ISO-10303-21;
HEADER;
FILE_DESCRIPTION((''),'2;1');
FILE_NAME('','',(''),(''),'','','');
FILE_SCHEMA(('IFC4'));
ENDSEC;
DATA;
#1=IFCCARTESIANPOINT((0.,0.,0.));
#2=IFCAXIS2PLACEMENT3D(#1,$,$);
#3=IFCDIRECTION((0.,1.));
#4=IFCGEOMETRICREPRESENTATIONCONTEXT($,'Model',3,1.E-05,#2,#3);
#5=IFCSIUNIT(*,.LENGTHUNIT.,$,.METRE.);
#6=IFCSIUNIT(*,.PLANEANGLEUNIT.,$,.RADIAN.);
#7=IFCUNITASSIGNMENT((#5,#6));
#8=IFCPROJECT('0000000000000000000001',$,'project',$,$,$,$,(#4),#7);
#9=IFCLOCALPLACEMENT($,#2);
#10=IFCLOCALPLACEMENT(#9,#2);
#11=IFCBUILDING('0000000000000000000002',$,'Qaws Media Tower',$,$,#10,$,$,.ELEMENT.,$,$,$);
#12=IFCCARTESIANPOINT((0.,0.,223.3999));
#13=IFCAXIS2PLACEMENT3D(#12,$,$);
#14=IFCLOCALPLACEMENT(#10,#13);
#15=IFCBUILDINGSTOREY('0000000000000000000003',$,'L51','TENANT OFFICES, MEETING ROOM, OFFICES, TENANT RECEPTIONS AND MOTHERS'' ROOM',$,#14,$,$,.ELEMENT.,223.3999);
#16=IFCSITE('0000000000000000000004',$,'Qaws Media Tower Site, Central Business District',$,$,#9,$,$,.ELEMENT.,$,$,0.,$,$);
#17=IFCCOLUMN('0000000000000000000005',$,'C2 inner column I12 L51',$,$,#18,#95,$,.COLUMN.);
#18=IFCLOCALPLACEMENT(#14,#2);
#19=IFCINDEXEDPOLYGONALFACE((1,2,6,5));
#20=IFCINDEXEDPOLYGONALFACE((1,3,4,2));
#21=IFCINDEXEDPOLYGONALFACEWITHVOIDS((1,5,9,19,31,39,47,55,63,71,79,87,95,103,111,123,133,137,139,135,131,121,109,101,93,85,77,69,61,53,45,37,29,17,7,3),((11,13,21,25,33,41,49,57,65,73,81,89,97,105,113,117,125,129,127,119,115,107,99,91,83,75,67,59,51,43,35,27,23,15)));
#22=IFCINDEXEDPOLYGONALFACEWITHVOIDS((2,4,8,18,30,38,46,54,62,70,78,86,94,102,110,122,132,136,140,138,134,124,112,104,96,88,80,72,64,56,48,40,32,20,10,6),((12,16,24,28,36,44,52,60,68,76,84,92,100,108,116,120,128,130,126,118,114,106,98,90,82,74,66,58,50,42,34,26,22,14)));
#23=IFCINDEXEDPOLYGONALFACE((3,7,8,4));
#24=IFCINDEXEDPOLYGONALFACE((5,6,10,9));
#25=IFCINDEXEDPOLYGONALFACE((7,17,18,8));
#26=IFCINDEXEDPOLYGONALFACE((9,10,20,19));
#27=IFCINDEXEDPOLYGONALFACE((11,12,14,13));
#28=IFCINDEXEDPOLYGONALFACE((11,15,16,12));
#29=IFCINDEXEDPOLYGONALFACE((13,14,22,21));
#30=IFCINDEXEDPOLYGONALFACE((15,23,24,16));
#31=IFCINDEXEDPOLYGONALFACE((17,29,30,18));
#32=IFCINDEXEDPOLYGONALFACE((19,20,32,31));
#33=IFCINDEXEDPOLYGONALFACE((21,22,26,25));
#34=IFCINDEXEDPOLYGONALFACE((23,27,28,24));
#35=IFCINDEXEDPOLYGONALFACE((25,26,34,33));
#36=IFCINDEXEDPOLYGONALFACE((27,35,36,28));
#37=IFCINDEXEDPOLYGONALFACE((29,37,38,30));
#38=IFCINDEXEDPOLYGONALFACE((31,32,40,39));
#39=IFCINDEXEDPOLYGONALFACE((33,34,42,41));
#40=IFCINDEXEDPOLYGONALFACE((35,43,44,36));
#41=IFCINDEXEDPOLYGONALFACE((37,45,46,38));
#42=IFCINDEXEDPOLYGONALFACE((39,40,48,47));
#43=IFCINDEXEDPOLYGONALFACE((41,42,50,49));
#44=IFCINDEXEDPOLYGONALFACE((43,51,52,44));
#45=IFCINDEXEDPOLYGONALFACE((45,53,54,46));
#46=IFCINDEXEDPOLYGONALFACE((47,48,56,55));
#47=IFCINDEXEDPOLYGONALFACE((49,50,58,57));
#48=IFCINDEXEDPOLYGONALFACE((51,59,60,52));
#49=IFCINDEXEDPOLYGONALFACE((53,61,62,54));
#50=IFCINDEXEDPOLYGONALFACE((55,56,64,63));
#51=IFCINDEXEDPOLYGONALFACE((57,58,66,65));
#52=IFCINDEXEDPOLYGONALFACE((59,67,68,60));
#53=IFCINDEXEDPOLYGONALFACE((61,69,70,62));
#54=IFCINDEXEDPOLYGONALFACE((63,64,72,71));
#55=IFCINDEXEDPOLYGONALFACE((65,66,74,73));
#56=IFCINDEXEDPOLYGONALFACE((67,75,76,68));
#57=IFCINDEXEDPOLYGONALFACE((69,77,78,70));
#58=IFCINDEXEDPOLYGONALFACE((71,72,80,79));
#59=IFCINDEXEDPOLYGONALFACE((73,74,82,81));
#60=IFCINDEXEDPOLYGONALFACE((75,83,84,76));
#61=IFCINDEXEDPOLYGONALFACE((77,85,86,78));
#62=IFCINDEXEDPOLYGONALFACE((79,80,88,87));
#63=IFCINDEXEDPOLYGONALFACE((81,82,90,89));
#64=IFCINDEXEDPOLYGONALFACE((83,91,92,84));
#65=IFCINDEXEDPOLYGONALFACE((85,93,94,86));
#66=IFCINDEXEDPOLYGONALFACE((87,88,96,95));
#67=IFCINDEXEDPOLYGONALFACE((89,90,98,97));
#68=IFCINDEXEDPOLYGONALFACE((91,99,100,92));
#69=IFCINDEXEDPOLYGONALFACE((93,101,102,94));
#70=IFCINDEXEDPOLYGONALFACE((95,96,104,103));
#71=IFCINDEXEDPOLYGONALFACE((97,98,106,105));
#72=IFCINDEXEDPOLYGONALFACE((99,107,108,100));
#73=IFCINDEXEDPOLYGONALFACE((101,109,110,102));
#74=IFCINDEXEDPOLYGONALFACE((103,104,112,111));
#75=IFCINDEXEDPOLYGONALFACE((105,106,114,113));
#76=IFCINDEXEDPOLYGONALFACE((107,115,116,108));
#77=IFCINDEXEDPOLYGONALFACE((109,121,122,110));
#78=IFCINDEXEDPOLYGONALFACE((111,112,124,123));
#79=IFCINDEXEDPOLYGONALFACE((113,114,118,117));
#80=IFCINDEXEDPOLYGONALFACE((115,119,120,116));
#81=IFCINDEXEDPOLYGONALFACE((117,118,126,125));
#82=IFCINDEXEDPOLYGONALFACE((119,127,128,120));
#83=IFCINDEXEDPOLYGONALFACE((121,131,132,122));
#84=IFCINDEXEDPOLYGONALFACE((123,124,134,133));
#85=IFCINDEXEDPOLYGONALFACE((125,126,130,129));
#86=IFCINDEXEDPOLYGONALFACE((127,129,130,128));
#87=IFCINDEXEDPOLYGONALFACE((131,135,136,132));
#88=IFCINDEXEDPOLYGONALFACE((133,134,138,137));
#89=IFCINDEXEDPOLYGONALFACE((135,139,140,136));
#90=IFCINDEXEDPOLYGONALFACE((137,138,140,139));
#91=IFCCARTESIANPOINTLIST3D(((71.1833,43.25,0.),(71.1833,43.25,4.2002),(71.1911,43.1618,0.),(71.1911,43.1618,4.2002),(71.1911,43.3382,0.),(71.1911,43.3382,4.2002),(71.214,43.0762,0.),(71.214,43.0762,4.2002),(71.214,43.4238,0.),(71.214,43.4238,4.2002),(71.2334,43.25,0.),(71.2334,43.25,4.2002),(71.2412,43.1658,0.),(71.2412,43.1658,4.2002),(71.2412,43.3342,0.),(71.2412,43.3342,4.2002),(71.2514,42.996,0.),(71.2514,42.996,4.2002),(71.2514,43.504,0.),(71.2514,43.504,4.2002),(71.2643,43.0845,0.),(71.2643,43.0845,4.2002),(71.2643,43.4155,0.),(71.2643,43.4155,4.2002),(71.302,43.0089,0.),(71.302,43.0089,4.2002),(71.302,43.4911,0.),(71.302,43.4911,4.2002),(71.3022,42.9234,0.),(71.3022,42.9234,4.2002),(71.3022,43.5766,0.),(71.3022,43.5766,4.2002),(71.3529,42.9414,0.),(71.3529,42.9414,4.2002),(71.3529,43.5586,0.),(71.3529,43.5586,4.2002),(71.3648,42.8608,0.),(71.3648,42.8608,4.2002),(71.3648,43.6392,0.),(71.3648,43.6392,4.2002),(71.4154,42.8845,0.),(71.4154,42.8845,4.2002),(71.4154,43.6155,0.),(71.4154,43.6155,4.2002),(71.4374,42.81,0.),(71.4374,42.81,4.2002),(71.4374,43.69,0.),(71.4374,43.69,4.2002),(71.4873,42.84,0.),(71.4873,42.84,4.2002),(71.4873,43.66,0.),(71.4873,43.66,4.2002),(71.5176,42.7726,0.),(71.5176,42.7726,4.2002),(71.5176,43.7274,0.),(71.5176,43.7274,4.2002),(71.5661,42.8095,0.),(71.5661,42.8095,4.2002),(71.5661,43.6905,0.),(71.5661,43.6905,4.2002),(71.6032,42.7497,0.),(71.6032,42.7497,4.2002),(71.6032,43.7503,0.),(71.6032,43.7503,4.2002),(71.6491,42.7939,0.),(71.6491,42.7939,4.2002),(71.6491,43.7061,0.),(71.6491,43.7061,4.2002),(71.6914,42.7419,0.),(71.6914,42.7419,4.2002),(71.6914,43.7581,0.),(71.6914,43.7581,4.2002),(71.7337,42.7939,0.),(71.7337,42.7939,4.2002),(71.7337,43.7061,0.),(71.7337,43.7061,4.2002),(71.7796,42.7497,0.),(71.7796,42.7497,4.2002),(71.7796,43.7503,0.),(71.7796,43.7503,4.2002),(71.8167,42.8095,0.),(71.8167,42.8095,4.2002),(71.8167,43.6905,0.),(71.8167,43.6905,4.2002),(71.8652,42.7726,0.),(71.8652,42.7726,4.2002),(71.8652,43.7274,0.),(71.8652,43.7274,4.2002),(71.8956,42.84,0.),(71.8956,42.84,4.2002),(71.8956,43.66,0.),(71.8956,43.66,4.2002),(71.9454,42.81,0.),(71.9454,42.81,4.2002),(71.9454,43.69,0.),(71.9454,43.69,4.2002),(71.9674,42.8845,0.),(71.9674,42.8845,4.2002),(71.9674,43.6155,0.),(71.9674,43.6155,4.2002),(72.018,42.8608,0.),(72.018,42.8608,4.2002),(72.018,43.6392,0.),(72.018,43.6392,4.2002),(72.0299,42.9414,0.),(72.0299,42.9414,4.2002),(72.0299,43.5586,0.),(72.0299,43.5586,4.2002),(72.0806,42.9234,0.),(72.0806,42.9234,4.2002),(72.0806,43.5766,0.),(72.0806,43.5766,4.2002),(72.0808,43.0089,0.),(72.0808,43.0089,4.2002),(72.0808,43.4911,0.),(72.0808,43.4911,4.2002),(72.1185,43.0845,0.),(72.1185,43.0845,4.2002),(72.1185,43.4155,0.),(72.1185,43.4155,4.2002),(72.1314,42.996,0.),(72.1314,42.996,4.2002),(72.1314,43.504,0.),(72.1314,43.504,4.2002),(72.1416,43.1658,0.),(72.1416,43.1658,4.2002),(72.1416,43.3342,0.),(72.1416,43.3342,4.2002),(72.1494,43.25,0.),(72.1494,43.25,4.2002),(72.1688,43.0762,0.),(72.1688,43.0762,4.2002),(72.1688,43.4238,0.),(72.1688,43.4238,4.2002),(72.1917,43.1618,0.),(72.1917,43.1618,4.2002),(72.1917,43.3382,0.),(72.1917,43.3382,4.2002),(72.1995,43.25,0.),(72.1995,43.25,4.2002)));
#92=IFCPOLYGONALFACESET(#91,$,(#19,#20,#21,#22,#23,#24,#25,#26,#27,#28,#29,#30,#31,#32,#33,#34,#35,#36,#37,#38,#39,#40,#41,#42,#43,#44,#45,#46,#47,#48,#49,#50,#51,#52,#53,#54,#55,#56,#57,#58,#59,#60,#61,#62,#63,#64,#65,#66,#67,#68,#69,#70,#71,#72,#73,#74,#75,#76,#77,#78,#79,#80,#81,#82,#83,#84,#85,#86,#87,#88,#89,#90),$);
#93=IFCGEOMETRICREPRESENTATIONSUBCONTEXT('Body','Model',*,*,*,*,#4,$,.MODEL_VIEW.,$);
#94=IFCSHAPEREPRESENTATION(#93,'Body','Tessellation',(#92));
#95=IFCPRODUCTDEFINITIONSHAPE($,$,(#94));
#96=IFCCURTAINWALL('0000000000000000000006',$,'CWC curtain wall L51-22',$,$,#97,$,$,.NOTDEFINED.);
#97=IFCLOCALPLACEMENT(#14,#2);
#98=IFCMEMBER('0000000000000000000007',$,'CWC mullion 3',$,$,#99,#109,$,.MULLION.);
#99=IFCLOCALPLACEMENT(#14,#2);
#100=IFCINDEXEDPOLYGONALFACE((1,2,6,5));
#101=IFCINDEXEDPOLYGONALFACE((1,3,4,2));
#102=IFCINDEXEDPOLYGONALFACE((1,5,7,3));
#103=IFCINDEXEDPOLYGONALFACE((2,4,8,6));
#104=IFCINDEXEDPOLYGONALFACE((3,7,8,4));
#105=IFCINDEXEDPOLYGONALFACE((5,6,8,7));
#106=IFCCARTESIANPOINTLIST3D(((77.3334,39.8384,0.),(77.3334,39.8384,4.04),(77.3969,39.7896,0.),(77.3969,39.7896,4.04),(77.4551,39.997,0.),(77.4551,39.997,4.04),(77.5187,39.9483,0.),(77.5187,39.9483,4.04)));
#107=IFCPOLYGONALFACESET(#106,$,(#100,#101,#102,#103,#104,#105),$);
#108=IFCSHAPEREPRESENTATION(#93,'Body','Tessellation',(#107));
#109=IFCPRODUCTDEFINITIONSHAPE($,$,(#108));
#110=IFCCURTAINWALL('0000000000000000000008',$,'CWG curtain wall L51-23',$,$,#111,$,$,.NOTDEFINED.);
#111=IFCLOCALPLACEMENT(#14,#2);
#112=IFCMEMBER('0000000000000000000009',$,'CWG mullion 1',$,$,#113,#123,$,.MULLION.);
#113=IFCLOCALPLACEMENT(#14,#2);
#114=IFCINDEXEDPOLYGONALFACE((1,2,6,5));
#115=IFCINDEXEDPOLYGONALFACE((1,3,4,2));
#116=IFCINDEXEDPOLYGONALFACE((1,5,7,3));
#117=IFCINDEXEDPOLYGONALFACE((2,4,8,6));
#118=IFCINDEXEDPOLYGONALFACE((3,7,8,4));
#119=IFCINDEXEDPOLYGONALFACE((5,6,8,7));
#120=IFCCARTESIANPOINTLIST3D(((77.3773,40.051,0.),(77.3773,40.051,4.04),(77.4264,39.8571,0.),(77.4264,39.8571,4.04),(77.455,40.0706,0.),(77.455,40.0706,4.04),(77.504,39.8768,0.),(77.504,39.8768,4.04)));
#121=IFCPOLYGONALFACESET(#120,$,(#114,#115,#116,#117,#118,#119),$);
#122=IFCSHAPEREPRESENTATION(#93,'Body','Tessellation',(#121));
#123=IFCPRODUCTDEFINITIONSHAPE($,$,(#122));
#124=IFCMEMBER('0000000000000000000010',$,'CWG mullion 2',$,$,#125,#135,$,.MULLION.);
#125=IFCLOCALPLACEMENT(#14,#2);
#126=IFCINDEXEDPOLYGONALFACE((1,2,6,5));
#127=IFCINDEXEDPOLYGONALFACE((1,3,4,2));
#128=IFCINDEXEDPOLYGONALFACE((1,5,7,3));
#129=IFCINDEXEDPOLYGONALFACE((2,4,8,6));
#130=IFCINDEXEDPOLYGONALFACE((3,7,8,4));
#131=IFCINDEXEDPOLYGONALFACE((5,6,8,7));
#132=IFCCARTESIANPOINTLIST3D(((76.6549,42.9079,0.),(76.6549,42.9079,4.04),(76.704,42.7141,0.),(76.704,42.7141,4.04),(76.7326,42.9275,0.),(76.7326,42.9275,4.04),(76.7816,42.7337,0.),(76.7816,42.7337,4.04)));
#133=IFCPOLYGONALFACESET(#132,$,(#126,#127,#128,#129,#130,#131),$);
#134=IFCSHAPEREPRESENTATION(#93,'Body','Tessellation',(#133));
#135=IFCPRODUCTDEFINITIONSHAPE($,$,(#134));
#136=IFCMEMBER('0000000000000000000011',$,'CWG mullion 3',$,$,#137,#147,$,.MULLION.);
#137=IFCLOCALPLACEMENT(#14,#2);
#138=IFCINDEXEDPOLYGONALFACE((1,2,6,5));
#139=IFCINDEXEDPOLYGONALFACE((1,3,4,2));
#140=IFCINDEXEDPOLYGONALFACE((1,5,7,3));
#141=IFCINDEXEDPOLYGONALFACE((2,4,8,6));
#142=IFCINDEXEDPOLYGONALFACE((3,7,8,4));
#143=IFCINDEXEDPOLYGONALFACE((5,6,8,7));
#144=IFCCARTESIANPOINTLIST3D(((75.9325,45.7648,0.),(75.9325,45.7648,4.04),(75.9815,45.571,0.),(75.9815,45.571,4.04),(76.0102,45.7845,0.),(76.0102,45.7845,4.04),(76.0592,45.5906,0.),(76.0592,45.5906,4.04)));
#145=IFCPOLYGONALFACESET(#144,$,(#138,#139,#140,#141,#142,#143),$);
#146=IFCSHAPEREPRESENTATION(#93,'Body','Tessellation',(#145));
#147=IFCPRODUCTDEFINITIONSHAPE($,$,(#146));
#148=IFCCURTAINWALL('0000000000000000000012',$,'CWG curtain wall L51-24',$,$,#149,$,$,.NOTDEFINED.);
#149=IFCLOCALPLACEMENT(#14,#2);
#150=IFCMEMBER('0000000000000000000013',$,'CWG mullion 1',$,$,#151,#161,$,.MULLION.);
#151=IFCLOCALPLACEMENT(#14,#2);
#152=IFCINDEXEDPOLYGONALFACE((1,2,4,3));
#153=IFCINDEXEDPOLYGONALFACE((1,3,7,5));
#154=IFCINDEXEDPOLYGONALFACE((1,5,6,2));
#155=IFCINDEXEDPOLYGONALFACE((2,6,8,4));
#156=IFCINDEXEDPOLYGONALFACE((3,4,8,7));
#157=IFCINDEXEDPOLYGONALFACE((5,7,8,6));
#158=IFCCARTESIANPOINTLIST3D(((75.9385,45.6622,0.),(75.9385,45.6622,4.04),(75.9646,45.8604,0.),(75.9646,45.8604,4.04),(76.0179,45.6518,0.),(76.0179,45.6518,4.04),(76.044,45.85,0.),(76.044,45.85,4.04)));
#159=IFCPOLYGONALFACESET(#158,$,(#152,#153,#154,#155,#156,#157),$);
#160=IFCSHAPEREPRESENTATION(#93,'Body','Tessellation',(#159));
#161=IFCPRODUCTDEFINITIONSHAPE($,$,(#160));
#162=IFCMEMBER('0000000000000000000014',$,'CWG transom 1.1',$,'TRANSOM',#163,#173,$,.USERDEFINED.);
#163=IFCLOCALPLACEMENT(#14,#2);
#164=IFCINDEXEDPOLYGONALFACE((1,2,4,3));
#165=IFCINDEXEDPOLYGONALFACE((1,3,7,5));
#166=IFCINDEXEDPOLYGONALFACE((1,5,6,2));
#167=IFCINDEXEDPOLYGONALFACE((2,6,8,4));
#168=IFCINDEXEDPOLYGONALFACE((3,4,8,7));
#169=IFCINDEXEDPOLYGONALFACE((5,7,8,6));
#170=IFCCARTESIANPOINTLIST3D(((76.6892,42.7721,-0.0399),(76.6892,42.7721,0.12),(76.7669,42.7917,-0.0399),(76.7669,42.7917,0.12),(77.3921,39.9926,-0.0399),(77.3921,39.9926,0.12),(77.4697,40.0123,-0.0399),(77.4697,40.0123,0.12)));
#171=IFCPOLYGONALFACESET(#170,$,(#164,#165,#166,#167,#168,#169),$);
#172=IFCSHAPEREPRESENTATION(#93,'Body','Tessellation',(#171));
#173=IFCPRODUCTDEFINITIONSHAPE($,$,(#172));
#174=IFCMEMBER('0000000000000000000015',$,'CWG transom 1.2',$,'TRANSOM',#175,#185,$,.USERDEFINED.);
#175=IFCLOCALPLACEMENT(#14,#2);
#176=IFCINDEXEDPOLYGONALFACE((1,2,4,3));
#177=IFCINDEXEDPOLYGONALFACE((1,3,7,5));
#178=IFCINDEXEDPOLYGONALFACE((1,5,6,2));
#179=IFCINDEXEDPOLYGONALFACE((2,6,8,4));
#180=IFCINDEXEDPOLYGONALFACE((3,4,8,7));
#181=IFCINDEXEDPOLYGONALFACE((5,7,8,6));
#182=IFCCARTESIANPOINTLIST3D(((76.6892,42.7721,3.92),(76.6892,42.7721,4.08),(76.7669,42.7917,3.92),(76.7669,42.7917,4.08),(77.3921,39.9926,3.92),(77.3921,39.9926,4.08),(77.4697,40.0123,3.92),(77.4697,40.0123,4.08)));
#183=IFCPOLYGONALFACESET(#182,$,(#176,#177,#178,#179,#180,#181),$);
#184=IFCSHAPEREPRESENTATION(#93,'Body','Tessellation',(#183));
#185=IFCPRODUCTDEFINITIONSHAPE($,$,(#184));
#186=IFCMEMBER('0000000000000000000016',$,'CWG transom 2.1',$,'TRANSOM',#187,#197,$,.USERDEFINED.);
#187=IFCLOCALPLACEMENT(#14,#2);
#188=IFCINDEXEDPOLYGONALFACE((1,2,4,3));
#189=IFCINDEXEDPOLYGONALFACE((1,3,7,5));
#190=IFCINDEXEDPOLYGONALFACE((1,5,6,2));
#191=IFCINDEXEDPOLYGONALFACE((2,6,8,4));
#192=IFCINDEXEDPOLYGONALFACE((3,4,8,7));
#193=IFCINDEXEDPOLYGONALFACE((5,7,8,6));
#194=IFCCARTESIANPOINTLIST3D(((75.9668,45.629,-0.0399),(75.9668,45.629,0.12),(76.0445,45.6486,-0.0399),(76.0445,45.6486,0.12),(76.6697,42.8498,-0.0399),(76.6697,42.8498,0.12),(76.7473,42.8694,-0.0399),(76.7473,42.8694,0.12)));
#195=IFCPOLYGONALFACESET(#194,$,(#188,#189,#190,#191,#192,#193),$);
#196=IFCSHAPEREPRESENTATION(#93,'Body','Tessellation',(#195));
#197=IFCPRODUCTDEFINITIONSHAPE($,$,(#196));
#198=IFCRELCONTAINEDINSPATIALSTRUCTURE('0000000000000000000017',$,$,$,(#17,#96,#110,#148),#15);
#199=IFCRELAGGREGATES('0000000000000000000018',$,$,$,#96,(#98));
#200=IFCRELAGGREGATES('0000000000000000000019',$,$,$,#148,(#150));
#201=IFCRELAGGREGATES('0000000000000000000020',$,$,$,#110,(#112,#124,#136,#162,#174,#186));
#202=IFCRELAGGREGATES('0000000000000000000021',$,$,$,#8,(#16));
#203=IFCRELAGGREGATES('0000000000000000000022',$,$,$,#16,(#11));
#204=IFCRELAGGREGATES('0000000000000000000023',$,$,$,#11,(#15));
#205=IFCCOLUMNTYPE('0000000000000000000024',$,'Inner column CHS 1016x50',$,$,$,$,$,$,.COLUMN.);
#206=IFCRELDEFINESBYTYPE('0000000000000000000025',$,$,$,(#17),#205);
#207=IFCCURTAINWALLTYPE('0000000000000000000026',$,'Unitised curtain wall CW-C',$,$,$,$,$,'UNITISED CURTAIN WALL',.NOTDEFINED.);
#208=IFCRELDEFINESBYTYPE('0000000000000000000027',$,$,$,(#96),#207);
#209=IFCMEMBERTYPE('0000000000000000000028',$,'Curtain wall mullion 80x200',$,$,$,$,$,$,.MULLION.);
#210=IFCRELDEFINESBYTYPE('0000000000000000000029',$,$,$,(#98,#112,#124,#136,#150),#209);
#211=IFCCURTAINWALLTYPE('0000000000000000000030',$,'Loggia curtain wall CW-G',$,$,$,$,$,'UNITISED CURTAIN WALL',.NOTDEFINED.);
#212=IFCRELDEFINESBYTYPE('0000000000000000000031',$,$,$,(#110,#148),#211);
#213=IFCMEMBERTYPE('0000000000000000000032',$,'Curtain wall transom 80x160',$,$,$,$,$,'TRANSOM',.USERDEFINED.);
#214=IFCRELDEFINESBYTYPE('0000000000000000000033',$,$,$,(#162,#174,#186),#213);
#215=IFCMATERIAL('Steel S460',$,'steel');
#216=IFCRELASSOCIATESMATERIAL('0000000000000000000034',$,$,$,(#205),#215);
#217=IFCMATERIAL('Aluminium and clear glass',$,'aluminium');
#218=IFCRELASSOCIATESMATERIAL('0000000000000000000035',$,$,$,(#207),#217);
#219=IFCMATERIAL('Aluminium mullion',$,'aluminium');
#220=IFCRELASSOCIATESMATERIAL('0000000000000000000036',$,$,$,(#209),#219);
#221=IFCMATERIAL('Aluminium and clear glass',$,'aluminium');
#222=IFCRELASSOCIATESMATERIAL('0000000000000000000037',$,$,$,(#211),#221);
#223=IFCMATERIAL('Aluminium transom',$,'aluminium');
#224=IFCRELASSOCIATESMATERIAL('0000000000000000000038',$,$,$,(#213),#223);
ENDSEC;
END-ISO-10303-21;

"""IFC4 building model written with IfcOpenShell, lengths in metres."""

from ifc_helpers import new_model, si_unit, direction, frame, origin, origin_2d, place, context, subcontext, project, spatial, rectangle, hollow_circle, extrude, material, material_profile, profile_set, type_object, element, aggregate, save


model = new_model("IFC4")

# Units and contexts
model_context = context("Model", 3, precision=1e-05, world=origin(), true_north=direction((0.0, 1.0)))
body_context = subcontext(model_context, "Body", "Model", "MODEL_VIEW")
ifc_project = project(units=[si_unit("LENGTHUNIT", "METRE"), si_unit("PLANEANGLEUNIT", "RADIAN")], contexts=[model_context])

# Site, building, storey
site_placement = place(None, origin())
site = spatial("IfcSite", under=ifc_project, at=site_placement, Name="Qaws Media Tower Site, Central Business District", CompositionType="ELEMENT", RefElevation=0.0)
building_placement = place(site_placement, origin())
building = spatial("IfcBuilding", under=site, at=building_placement, Name="Qaws Media Tower", CompositionType="ELEMENT")
storey_placement = place(building_placement, frame((0.0, 0.0, 223.3999)))
storey = spatial("IfcBuildingStorey", under=building, at=storey_placement, Name="L51", Description="TENANT OFFICES, MEETING ROOM, OFFICES, TENANT RECEPTIONS AND MOTHERS' ROOM", CompositionType="ELEMENT", Elevation=223.3999)

# Column
ifc_material_1 = material(Name="Steel S460", Category="steel")
ifc_material_profile_1 = material_profile(ifc_material_1, hollow_circle(Radius=0.5081, WallThickness=0.05, at=origin_2d()), Name="CHS 1016x50")
ifc_profile_set_1 = profile_set([ifc_material_profile_1], Name="Steel S460")
column_type = type_object("IfcColumnType", Name="Inner column CHS 1016x50", PredefinedType="COLUMN", material=ifc_profile_set_1)
column_placement = place(storey_placement, frame((71.6914, 43.25, 0.0), z_axis=(0.0, 0.0, 1.0), x_axis=(1.0, 0.0, 0.0)))
element("IfcColumn", 1, at=column_placement, inside=storey, type_object=column_type, Name="C2 inner column I12 L51", PredefinedType="COLUMN", context=body_context, shape_type="SweptSolid", body=[
    extrude(hollow_circle(Radius=0.5081, WallThickness=0.05, at=origin_2d()), origin(), (0.0, 0.0, 1.0), 4.2002),
])

# Curtain wall, member
ifc_material_2 = material(Name="Aluminium and clear glass", Category="aluminium")
curtain_wall_type_1 = type_object("IfcCurtainWallType", Name="Unitised curtain wall CW-C", ElementType="UNITISED CURTAIN WALL", PredefinedType="NOTDEFINED", material=ifc_material_2)
curtain_wall_1_placement = place(storey_placement, origin())
curtain_wall_1 = element("IfcCurtainWall", 2, at=curtain_wall_1_placement, inside=storey, type_object=curtain_wall_type_1, Name="CWC curtain wall L51-22", PredefinedType="NOTDEFINED")
ifc_material_3 = material(Name="Aluminium mullion", Category="aluminium")
ifc_material_profile_2 = material_profile(ifc_material_3, rectangle(XDim=0.0801, YDim=0.2, at=origin_2d()), Name="80x200")
ifc_profile_set_2 = profile_set([ifc_material_profile_2], Name="Aluminium mullion")
member_type_1 = type_object("IfcMemberType", Name="Curtain wall mullion 80x200", PredefinedType="MULLION", material=ifc_profile_set_2)
member_1_placement = place(storey_placement, frame((77.426, 39.8933, 0.0), z_axis=(0.0, 0.0, 1.0), x_axis=(-0.793353, 0.608761, 0.0)))
member_1 = element("IfcMember", 3, at=member_1_placement, type_object=member_type_1, Name="CWC mullion 3", PredefinedType="MULLION", context=body_context, shape_type="SweptSolid", body=[
    extrude(rectangle(XDim=0.0801, YDim=0.2, at=origin_2d()), origin(), (0.0, 0.0, 1.0), 4.04),
])
aggregate(curtain_wall_1, [member_1])

# Curtain wall, members
ifc_material_4 = material(Name="Aluminium and clear glass", Category="aluminium")
curtain_wall_type_2 = type_object("IfcCurtainWallType", Name="Loggia curtain wall CW-G", ElementType="UNITISED CURTAIN WALL", PredefinedType="NOTDEFINED", material=ifc_material_4)
curtain_wall_2_placement = place(storey_placement, origin())
curtain_wall_2 = element("IfcCurtainWall", 4, at=curtain_wall_2_placement, inside=storey, type_object=curtain_wall_type_2, Name="CWG curtain wall L51-23", PredefinedType="NOTDEFINED")
member_2_placement = place(storey_placement, frame((77.4407, 39.9639, 0.0), z_axis=(0.0, 0.0, 1.0), x_axis=(-0.969491, -0.245127, 0.0)))
member_2 = element("IfcMember", 5, at=member_2_placement, type_object=member_type_1, Name="CWG mullion 1", PredefinedType="MULLION", context=body_context, shape_type="SweptSolid", body=[
    extrude(rectangle(XDim=0.0801, YDim=0.2, at=origin_2d()), origin(), (0.0, 0.0, 1.0), 4.04),
])
member_3_placement = place(storey_placement, frame((76.7183, 42.8208, 0.0), z_axis=(0.0, 0.0, 1.0), x_axis=(-0.969491, -0.245127, 0.0)))
member_3 = element("IfcMember", 6, at=member_3_placement, type_object=member_type_1, Name="CWG mullion 2", PredefinedType="MULLION", context=body_context, shape_type="SweptSolid", body=[
    extrude(rectangle(XDim=0.0801, YDim=0.2, at=origin_2d()), origin(), (0.0, 0.0, 1.0), 4.04),
])
member_4_placement = place(storey_placement, frame((75.9958, 45.6777, 0.0), z_axis=(0.0, 0.0, 1.0), x_axis=(-0.969491, -0.245127, 0.0)))
member_4 = element("IfcMember", 7, at=member_4_placement, type_object=member_type_1, Name="CWG mullion 3", PredefinedType="MULLION", context=body_context, shape_type="SweptSolid", body=[
    extrude(rectangle(XDim=0.0801, YDim=0.2, at=origin_2d()), origin(), (0.0, 0.0, 1.0), 4.04),
])

# Curtain wall, member
curtain_wall_3_placement = place(storey_placement, origin())
curtain_wall_3 = element("IfcCurtainWall", 8, at=curtain_wall_3_placement, inside=storey, type_object=curtain_wall_type_2, Name="CWG curtain wall L51-24", PredefinedType="NOTDEFINED")
member_5_placement = place(storey_placement, frame((75.9912, 45.7561, 0.0), z_axis=(0.0, 0.0, 1.0), x_axis=(-0.991445, 0.130526, 0.0)))
member_5 = element("IfcMember", 9, at=member_5_placement, type_object=member_type_1, Name="CWG mullion 1", PredefinedType="MULLION", context=body_context, shape_type="SweptSolid", body=[
    extrude(rectangle(XDim=0.0801, YDim=0.2, at=origin_2d()), origin(), (0.0, 0.0, 1.0), 4.04),
])

# Members
ifc_material_5 = material(Name="Aluminium transom", Category="aluminium")
ifc_material_profile_3 = material_profile(ifc_material_5, rectangle(XDim=0.0801, YDim=0.1599, at=origin_2d()), Name="80x160")
ifc_profile_set_3 = profile_set([ifc_material_profile_3], Name="Aluminium transom")
member_type_2 = type_object("IfcMemberType", Name="Curtain wall transom 80x160", ElementType="TRANSOM", PredefinedType="USERDEFINED", material=ifc_profile_set_3)
member_6_placement = place(storey_placement, frame((77.4309, 40.0024, 0.04), z_axis=(-0.245159, 0.969483, 0.0), x_axis=(-0.969483, -0.245159, 0.0)))
member_6 = element("IfcMember", 10, at=member_6_placement, type_object=member_type_2, Name="CWG transom 1.1", ObjectType="TRANSOM", PredefinedType="USERDEFINED", context=body_context, shape_type="SweptSolid", body=[
    extrude(rectangle(XDim=0.0801, YDim=0.1599, at=origin_2d()), origin(), (0.0, 0.0, 1.0), 2.8669),
])
member_7_placement = place(storey_placement, frame((77.4309, 40.0024, 4.0), z_axis=(-0.245159, 0.969483, 0.0), x_axis=(-0.969483, -0.245159, 0.0)))
member_7 = element("IfcMember", 11, at=member_7_placement, type_object=member_type_2, Name="CWG transom 1.2", ObjectType="TRANSOM", PredefinedType="USERDEFINED", context=body_context, shape_type="SweptSolid", body=[
    extrude(rectangle(XDim=0.0801, YDim=0.1599, at=origin_2d()), origin(), (0.0, 0.0, 1.0), 2.8669),
])
member_8_placement = place(storey_placement, frame((76.7085, 42.8596, 0.04), z_axis=(-0.24518, 0.969478, 0.0), x_axis=(-0.969478, -0.24518, 0.0)))
member_8 = element("IfcMember", 12, at=member_8_placement, type_object=member_type_2, Name="CWG transom 2.1", ObjectType="TRANSOM", PredefinedType="USERDEFINED", context=body_context, shape_type="SweptSolid", body=[
    extrude(rectangle(XDim=0.0801, YDim=0.1599, at=origin_2d()), origin(), (0.0, 0.0, 1.0), 2.8667),
])
aggregate(curtain_wall_3, [member_5])

aggregate(curtain_wall_2, [member_2, member_3, member_4, member_6, member_7, member_8])

save(model, "model.ifc")
